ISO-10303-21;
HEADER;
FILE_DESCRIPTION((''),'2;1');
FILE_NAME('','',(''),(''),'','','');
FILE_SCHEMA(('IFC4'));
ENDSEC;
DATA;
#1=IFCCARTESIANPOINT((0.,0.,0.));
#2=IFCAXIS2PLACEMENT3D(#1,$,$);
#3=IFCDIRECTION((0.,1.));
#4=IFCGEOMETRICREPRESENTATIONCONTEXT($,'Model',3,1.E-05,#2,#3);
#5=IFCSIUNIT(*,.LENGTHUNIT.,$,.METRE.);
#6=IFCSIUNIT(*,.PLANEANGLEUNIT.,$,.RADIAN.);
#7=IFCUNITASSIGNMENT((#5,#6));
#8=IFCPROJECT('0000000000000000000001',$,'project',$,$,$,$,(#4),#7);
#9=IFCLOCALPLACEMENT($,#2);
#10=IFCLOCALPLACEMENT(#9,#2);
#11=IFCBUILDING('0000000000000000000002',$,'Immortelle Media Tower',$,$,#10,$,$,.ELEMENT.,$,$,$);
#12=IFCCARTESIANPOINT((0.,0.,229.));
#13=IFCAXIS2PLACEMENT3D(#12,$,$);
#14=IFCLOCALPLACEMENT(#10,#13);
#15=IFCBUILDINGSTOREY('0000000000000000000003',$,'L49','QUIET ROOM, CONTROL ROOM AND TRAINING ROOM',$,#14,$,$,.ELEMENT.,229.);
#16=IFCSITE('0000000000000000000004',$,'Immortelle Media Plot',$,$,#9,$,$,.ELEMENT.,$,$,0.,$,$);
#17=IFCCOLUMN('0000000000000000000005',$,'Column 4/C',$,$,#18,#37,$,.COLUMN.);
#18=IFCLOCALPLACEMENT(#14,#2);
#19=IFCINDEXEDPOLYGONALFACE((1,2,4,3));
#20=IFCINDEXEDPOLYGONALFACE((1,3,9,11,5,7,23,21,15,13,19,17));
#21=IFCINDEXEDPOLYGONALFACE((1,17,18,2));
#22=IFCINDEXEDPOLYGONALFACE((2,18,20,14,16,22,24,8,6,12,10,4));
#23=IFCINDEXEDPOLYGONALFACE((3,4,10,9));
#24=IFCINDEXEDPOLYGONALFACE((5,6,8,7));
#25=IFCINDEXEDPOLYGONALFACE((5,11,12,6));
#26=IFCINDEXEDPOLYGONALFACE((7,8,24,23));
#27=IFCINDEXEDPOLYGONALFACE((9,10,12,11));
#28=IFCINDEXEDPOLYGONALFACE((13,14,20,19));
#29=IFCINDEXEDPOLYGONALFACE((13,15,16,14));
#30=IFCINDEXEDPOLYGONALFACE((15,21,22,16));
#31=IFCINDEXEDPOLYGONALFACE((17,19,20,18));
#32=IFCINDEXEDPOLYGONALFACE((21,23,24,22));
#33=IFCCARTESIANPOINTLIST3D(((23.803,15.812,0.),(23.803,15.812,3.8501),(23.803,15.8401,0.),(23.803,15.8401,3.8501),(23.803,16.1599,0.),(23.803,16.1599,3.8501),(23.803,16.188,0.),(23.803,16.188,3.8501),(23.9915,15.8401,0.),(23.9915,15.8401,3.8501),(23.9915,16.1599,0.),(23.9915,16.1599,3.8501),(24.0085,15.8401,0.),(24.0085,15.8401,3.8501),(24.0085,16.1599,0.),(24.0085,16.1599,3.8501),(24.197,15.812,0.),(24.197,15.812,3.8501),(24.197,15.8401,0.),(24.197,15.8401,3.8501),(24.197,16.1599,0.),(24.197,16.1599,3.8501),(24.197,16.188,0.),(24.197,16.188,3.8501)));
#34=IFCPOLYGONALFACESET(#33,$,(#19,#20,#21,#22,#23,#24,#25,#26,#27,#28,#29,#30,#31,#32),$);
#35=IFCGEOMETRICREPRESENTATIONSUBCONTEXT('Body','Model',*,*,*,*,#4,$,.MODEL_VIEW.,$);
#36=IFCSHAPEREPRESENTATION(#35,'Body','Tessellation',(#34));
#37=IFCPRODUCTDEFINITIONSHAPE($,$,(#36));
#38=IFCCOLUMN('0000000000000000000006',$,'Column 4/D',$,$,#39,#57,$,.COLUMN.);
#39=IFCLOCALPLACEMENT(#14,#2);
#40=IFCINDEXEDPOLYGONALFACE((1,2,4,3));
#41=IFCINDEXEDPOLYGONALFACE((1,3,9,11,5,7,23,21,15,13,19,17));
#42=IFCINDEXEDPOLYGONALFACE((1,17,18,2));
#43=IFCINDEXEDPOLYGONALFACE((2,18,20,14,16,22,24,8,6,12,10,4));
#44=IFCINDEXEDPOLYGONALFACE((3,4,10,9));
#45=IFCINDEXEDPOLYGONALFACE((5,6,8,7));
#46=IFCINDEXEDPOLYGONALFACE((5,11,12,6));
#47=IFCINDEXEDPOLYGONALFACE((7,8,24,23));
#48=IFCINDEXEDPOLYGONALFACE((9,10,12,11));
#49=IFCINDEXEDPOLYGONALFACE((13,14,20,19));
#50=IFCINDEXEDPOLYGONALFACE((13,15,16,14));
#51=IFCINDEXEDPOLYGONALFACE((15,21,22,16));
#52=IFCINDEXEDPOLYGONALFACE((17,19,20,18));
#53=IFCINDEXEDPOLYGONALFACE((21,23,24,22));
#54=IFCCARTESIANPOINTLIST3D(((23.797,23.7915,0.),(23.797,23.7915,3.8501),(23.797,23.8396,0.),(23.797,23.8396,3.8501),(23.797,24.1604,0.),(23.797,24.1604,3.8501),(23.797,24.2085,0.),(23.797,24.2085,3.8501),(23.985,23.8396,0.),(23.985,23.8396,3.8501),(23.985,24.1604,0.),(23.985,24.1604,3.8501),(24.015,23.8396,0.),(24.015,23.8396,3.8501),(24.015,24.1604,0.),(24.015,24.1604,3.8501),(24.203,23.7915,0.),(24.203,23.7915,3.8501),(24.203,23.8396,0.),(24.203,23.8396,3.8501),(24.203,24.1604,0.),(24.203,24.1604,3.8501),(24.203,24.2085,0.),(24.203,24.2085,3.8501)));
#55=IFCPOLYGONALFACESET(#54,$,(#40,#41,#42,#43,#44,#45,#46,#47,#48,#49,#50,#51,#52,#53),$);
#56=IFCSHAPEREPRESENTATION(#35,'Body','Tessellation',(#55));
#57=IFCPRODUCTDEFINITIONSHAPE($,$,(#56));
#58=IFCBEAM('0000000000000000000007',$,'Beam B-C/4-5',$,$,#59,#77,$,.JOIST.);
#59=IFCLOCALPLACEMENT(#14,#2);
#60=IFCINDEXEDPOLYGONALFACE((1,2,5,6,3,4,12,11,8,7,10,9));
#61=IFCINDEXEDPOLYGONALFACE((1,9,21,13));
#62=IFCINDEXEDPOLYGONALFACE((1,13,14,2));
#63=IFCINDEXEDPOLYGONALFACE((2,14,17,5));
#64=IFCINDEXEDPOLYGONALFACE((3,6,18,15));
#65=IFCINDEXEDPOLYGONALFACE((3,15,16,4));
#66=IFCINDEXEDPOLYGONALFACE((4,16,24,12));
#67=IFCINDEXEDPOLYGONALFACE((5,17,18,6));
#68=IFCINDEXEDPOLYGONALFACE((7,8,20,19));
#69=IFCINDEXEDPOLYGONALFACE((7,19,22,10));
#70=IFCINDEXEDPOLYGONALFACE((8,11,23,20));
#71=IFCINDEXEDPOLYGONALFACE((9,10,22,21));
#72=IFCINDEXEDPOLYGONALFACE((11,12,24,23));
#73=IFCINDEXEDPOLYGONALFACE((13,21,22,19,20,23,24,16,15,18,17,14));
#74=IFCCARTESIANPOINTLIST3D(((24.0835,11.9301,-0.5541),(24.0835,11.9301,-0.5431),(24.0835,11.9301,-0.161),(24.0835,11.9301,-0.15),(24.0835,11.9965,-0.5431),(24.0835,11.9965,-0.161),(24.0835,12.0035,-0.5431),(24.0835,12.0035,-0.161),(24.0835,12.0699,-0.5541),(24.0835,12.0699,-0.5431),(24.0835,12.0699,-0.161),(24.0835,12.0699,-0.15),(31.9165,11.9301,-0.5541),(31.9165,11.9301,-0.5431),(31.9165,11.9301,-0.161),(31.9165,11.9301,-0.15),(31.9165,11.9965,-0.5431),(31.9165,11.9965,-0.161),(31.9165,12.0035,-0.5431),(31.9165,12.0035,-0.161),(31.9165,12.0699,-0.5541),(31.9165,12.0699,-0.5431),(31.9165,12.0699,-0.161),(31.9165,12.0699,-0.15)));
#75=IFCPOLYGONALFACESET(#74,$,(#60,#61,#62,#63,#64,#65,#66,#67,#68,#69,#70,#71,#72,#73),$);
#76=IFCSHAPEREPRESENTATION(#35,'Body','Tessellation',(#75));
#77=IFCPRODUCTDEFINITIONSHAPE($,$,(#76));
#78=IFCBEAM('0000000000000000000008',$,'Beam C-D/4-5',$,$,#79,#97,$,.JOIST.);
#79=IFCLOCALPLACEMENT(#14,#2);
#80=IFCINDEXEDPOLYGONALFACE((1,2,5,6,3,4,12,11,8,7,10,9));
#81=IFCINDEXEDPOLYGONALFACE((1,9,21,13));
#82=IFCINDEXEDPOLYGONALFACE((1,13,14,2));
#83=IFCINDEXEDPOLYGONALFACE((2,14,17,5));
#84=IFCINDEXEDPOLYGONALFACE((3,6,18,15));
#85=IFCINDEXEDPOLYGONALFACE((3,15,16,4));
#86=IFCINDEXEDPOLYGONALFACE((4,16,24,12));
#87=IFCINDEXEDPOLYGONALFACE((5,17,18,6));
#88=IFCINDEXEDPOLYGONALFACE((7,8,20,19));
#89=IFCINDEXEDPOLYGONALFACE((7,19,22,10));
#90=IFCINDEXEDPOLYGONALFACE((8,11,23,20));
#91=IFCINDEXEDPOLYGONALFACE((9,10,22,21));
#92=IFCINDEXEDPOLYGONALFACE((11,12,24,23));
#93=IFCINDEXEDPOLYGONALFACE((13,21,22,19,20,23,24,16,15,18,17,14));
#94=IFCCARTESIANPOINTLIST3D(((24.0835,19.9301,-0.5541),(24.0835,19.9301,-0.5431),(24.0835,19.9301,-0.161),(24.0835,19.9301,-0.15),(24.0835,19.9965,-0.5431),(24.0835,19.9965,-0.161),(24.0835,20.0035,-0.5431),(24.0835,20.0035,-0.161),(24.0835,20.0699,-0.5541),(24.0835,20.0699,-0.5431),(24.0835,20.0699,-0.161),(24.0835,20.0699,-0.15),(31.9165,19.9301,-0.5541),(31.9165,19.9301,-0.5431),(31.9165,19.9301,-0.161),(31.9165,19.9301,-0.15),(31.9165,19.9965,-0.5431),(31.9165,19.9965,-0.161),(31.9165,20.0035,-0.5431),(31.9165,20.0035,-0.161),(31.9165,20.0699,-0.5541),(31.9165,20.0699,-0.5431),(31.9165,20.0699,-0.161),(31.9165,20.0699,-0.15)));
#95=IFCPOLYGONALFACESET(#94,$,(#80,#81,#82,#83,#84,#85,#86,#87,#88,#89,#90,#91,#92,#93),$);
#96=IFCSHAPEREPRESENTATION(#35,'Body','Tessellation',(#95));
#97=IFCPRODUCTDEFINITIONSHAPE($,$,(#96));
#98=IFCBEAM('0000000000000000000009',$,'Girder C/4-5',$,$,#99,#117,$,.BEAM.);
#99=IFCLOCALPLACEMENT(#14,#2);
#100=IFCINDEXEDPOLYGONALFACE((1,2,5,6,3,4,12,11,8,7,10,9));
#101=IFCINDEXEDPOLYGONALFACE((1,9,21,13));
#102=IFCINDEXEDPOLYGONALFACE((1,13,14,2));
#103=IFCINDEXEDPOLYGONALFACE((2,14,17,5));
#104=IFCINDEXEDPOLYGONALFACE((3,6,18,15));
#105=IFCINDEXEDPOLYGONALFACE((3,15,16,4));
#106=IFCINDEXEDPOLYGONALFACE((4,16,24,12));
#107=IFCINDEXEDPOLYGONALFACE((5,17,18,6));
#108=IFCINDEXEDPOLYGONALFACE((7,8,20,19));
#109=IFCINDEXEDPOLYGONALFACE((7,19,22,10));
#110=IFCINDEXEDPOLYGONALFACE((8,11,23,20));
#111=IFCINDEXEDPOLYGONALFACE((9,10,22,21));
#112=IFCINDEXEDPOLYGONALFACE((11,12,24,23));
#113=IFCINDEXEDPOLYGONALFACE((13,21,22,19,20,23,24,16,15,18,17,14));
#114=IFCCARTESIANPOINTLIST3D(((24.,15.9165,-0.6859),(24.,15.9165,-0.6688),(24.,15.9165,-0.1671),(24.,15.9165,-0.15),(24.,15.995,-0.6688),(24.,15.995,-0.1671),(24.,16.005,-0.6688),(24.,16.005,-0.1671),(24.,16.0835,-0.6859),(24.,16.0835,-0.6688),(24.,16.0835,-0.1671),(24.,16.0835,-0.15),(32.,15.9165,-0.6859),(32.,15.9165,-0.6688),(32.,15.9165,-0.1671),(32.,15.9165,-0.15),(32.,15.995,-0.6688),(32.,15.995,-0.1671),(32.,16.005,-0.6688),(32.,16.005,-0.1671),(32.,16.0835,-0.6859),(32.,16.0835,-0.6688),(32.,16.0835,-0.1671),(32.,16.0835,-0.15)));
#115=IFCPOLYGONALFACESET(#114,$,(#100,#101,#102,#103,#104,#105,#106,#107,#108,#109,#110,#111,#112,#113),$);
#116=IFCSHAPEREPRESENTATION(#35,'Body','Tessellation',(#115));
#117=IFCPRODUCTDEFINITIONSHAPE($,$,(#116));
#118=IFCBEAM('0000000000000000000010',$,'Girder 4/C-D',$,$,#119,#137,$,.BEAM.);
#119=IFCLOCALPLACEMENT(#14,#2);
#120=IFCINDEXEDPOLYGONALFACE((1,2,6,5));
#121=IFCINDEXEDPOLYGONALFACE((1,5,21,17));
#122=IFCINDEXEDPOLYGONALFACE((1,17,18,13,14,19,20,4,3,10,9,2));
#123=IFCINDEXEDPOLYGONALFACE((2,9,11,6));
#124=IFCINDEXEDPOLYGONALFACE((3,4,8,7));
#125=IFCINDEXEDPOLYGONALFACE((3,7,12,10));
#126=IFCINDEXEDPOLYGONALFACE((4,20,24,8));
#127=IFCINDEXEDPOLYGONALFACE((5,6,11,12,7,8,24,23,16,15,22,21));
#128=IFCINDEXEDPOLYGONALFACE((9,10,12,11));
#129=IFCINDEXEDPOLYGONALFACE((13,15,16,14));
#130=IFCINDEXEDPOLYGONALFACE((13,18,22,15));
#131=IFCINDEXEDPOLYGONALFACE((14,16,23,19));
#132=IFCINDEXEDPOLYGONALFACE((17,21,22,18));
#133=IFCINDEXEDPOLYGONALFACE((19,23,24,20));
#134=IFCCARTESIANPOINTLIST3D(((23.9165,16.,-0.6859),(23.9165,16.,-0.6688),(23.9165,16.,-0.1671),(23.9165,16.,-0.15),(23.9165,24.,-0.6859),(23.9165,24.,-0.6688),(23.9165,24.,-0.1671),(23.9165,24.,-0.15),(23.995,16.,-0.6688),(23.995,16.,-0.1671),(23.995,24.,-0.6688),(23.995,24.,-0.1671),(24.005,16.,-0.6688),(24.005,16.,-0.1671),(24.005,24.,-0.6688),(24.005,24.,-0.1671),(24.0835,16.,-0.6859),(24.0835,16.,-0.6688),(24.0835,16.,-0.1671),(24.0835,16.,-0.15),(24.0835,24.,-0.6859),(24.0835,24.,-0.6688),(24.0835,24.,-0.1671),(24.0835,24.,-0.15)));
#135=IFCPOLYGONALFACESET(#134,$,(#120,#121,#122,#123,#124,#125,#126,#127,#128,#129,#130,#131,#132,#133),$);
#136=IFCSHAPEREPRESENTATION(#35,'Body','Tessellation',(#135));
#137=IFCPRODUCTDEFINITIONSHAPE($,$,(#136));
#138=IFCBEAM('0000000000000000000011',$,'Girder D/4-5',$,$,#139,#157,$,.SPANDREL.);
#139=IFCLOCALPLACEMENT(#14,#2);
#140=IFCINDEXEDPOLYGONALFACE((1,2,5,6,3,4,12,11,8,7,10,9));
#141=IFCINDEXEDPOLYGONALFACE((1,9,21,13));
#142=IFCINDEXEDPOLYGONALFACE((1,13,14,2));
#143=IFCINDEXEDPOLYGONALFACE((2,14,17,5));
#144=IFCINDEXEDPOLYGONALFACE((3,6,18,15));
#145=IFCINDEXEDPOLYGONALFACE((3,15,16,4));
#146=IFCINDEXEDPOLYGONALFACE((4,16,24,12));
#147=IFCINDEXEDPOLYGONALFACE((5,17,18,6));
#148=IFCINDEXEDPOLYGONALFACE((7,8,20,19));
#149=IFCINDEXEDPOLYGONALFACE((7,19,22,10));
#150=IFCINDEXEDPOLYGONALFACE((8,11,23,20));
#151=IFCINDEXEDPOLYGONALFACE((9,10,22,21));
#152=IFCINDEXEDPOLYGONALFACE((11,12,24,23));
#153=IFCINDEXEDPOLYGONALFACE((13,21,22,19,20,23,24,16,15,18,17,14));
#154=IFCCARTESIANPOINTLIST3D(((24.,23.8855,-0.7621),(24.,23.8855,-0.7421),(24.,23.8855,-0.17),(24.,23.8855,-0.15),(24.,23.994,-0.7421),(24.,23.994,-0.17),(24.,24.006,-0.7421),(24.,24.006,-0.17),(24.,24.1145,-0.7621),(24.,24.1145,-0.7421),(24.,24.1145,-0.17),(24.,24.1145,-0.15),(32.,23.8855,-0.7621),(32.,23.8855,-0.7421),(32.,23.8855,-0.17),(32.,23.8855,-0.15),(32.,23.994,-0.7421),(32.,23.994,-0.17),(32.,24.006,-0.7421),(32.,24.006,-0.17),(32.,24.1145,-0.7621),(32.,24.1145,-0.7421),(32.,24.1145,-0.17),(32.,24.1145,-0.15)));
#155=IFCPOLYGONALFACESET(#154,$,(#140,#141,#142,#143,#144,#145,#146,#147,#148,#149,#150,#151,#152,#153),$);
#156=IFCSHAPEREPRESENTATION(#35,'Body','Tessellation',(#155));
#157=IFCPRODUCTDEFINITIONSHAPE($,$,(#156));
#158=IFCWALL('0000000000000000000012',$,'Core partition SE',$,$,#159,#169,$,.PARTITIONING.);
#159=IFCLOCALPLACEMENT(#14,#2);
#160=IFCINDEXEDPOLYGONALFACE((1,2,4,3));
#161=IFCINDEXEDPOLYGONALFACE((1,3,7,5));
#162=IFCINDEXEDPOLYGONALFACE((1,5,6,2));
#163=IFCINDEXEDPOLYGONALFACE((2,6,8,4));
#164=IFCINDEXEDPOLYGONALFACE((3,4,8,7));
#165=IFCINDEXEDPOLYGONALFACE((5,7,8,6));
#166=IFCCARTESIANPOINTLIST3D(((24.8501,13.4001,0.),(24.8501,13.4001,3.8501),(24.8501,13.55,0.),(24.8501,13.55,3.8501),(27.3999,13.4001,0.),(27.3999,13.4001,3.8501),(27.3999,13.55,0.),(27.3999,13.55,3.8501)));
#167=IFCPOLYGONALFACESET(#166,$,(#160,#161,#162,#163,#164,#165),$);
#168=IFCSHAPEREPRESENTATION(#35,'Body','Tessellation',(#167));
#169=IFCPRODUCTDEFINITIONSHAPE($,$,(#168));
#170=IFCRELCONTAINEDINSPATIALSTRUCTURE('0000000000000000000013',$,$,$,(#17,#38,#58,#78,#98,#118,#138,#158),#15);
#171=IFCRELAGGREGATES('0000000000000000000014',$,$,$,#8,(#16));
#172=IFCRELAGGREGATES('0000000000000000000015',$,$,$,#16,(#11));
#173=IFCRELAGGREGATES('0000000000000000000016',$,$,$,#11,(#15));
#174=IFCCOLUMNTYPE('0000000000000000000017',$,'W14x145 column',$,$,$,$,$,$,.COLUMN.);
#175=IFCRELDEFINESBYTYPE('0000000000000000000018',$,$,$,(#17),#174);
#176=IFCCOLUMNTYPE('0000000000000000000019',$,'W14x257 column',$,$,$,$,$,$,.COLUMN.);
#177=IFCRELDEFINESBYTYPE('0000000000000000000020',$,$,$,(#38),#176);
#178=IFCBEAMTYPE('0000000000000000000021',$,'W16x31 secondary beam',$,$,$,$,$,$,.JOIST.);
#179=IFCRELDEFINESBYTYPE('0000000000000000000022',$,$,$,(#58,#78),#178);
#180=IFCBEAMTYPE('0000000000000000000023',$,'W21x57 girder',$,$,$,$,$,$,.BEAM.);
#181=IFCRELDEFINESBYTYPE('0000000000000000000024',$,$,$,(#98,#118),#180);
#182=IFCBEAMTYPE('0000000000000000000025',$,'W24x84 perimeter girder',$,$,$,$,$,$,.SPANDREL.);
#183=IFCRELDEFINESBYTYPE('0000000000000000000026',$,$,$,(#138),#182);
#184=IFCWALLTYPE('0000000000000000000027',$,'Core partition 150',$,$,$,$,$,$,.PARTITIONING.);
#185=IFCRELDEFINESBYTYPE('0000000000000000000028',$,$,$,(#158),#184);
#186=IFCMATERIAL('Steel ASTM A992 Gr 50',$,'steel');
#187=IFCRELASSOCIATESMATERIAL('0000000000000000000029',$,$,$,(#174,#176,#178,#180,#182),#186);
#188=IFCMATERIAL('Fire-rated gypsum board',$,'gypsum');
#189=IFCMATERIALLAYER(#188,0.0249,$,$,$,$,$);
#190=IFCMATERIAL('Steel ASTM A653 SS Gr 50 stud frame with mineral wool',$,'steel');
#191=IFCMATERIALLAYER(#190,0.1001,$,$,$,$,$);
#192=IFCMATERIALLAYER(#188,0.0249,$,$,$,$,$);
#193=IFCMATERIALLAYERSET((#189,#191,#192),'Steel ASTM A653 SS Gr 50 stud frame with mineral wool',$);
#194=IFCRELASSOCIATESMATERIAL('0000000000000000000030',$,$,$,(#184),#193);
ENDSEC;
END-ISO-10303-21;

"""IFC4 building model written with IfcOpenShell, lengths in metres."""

from ifc_helpers import new_model, si_unit, direction, frame, frame_2d, origin, origin_2d, place, context, subcontext, project, spatial, rectangle, i_section, extrude, material, layer, layer_set, material_profile, profile_set, type_object, element, save


model = new_model("IFC4")

# Units and contexts
model_context = context("Model", 3, precision=1e-05, world=origin(), true_north=direction((0.0, 1.0)))
body_context = subcontext(model_context, "Body", "Model", "MODEL_VIEW")
ifc_project = project(units=[si_unit("LENGTHUNIT", "METRE"), si_unit("PLANEANGLEUNIT", "RADIAN")], contexts=[model_context])

# Site, building, storey
site_placement = place(None, origin())
site = spatial("IfcSite", under=ifc_project, at=site_placement, Name="Immortelle Media Plot", CompositionType="ELEMENT", RefElevation=0.0)
building_placement = place(site_placement, origin())
building = spatial("IfcBuilding", under=site, at=building_placement, Name="Immortelle Media Tower", CompositionType="ELEMENT")
storey_placement = place(building_placement, frame((0.0, 0.0, 229.0)))
storey = spatial("IfcBuildingStorey", under=building, at=storey_placement, Name="L49", Description="QUIET ROOM, CONTROL ROOM AND TRAINING ROOM", CompositionType="ELEMENT", Elevation=229.0)

# Columns
ifc_material_1 = material(Name="Steel ASTM A992 Gr 50", Category="steel")
ifc_material_profile_1 = material_profile(ifc_material_1, i_section(OverallWidth=0.394, OverallDepth=0.376, WebThickness=0.0171, FlangeThickness=0.0281, at=origin_2d()), Name="W14x145")
ifc_profile_set_1 = profile_set([ifc_material_profile_1], Name="Steel ASTM A992 Gr 50")
column_type_1 = type_object("IfcColumnType", Name="W14x145 column", PredefinedType="COLUMN", material=ifc_profile_set_1)
column_1_placement = place(storey_placement, frame((24.0, 16.0, 0.0), z_axis=(0.0, 0.0, 1.0), x_axis=(1.0, 0.0, 0.0)))
element("IfcColumn", 1, at=column_1_placement, inside=storey, type_object=column_type_1, Name="Column 4/C", PredefinedType="COLUMN", context=body_context, shape_type="SweptSolid", body=[
    extrude(i_section(OverallWidth=0.394, OverallDepth=0.376, WebThickness=0.0171, FlangeThickness=0.0281, at=origin_2d()), origin(), (0.0, 0.0, 1.0), 3.8501),
])
ifc_material_profile_2 = material_profile(ifc_material_1, i_section(OverallWidth=0.406, OverallDepth=0.417, WebThickness=0.03, FlangeThickness=0.0481, at=origin_2d()), Name="W14x257")
ifc_profile_set_2 = profile_set([ifc_material_profile_2], Name="Steel ASTM A992 Gr 50")
column_type_2 = type_object("IfcColumnType", Name="W14x257 column", PredefinedType="COLUMN", material=ifc_profile_set_2)
column_2_placement = place(storey_placement, frame((24.0, 24.0, 0.0), z_axis=(0.0, 0.0, 1.0), x_axis=(1.0, 0.0, 0.0)))
element("IfcColumn", 2, at=column_2_placement, inside=storey, type_object=column_type_2, Name="Column 4/D", PredefinedType="COLUMN", context=body_context, shape_type="SweptSolid", body=[
    extrude(i_section(OverallWidth=0.406, OverallDepth=0.417, WebThickness=0.03, FlangeThickness=0.0481, at=origin_2d()), origin(), (0.0, 0.0, 1.0), 3.8501),
])

# Beams
ifc_material_profile_3 = material_profile(ifc_material_1, i_section(OverallWidth=0.1399, OverallDepth=0.4041, WebThickness=0.0071, FlangeThickness=0.011, at=origin_2d()), Name="W16x31")
ifc_profile_set_3 = profile_set([ifc_material_profile_3], Name="Steel ASTM A992 Gr 50")
beam_type_1 = type_object("IfcBeamType", Name="W16x31 secondary beam", PredefinedType="JOIST", material=ifc_profile_set_3)
for number, where, z_axis, x_axis, name in (
    (3, (24.0835, 12.0, -0.3521), (1.0, 0.0, 0.0), (0.0, 1.0, 0.0), "Beam B-C/4-5"),
    (4, (24.0835, 20.0, -0.3521), (1.0, 0.0, 0.0), (0.0, 1.0, 0.0), "Beam C-D/4-5"),
):
    element("IfcBeam", number, at=place(storey_placement, frame(where, z_axis=z_axis, x_axis=x_axis)), inside=storey, type_object=beam_type_1, Name=name, PredefinedType="JOIST", context=body_context, shape_type="SweptSolid", body=[
        extrude(i_section(OverallWidth=0.1399, OverallDepth=0.4041, WebThickness=0.0071, FlangeThickness=0.011, at=origin_2d()), origin(), (0.0, 0.0, 1.0), 7.833),
    ])
ifc_material_profile_4 = material_profile(ifc_material_1, i_section(OverallWidth=0.167, OverallDepth=0.5359, WebThickness=0.01, FlangeThickness=0.0171, at=origin_2d()), Name="W21x57")
ifc_profile_set_4 = profile_set([ifc_material_profile_4], Name="Steel ASTM A992 Gr 50")
beam_type_2 = type_object("IfcBeamType", Name="W21x57 girder", PredefinedType="BEAM", material=ifc_profile_set_4)
for number, where, z_axis, x_axis, name in (
    (5, (24.0, 16.0, -0.418), (1.0, 0.0, 0.0), (0.0, 1.0, 0.0), "Girder C/4-5"),
    (6, (24.0, 16.0, -0.418), (0.0, 1.0, 0.0), (-1.0, 0.0, 0.0), "Girder 4/C-D"),
):
    element("IfcBeam", number, at=place(storey_placement, frame(where, z_axis=z_axis, x_axis=x_axis)), inside=storey, type_object=beam_type_2, Name=name, PredefinedType="BEAM", context=body_context, shape_type="SweptSolid", body=[
        extrude(i_section(OverallWidth=0.167, OverallDepth=0.5359, WebThickness=0.01, FlangeThickness=0.0171, at=origin_2d()), origin(), (0.0, 0.0, 1.0), 8.0),
    ])
ifc_material_profile_5 = material_profile(ifc_material_1, i_section(OverallWidth=0.229, OverallDepth=0.6121, WebThickness=0.012, FlangeThickness=0.02, at=origin_2d()), Name="W24x84")
ifc_profile_set_5 = profile_set([ifc_material_profile_5], Name="Steel ASTM A992 Gr 50")
beam_type_3 = type_object("IfcBeamType", Name="W24x84 perimeter girder", PredefinedType="SPANDREL", material=ifc_profile_set_5)
beam_placement = place(storey_placement, frame((24.0, 24.0, -0.4561), z_axis=(1.0, 0.0, 0.0), x_axis=(0.0, 1.0, 0.0)))
element("IfcBeam", 7, at=beam_placement, inside=storey, type_object=beam_type_3, Name="Girder D/4-5", PredefinedType="SPANDREL", context=body_context, shape_type="SweptSolid", body=[
    extrude(i_section(OverallWidth=0.229, OverallDepth=0.6121, WebThickness=0.012, FlangeThickness=0.02, at=origin_2d()), origin(), (0.0, 0.0, 1.0), 8.0),
])

# Wall
ifc_material_2 = material(Name="Fire-rated gypsum board", Category="gypsum")
ifc_layer_1 = layer(ifc_material_2, 0.0249)
ifc_material_3 = material(Name="Steel ASTM A653 SS Gr 50 stud frame with mineral wool", Category="steel")
ifc_layer_2 = layer(ifc_material_3, 0.1001)
ifc_layer_3 = layer(ifc_material_2, 0.0249)
ifc_layer_set_1 = layer_set([ifc_layer_1, ifc_layer_2, ifc_layer_3], Name="Steel ASTM A653 SS Gr 50 stud frame with mineral wool")
wall_type_1 = type_object("IfcWallType", Name="Core partition 150", PredefinedType="PARTITIONING", material=ifc_layer_set_1)
wall_1_placement = place(storey_placement, frame((24.8501, 13.4751, 0.0), z_axis=(0.0, 0.0, 1.0), x_axis=(1.0, 0.0, 0.0)))
element("IfcWall", 8, at=wall_1_placement, inside=storey, type_object=wall_type_1, Name="Core partition SE", PredefinedType="PARTITIONING", context=body_context, shape_type="SweptSolid", body=[
    extrude(rectangle(XDim=2.5498, YDim=0.1499, at=frame_2d((1.2749, 0.0))), origin(), (0.0, 0.0, 1.0), 3.8501),
])

save(model, "model.ifc")
